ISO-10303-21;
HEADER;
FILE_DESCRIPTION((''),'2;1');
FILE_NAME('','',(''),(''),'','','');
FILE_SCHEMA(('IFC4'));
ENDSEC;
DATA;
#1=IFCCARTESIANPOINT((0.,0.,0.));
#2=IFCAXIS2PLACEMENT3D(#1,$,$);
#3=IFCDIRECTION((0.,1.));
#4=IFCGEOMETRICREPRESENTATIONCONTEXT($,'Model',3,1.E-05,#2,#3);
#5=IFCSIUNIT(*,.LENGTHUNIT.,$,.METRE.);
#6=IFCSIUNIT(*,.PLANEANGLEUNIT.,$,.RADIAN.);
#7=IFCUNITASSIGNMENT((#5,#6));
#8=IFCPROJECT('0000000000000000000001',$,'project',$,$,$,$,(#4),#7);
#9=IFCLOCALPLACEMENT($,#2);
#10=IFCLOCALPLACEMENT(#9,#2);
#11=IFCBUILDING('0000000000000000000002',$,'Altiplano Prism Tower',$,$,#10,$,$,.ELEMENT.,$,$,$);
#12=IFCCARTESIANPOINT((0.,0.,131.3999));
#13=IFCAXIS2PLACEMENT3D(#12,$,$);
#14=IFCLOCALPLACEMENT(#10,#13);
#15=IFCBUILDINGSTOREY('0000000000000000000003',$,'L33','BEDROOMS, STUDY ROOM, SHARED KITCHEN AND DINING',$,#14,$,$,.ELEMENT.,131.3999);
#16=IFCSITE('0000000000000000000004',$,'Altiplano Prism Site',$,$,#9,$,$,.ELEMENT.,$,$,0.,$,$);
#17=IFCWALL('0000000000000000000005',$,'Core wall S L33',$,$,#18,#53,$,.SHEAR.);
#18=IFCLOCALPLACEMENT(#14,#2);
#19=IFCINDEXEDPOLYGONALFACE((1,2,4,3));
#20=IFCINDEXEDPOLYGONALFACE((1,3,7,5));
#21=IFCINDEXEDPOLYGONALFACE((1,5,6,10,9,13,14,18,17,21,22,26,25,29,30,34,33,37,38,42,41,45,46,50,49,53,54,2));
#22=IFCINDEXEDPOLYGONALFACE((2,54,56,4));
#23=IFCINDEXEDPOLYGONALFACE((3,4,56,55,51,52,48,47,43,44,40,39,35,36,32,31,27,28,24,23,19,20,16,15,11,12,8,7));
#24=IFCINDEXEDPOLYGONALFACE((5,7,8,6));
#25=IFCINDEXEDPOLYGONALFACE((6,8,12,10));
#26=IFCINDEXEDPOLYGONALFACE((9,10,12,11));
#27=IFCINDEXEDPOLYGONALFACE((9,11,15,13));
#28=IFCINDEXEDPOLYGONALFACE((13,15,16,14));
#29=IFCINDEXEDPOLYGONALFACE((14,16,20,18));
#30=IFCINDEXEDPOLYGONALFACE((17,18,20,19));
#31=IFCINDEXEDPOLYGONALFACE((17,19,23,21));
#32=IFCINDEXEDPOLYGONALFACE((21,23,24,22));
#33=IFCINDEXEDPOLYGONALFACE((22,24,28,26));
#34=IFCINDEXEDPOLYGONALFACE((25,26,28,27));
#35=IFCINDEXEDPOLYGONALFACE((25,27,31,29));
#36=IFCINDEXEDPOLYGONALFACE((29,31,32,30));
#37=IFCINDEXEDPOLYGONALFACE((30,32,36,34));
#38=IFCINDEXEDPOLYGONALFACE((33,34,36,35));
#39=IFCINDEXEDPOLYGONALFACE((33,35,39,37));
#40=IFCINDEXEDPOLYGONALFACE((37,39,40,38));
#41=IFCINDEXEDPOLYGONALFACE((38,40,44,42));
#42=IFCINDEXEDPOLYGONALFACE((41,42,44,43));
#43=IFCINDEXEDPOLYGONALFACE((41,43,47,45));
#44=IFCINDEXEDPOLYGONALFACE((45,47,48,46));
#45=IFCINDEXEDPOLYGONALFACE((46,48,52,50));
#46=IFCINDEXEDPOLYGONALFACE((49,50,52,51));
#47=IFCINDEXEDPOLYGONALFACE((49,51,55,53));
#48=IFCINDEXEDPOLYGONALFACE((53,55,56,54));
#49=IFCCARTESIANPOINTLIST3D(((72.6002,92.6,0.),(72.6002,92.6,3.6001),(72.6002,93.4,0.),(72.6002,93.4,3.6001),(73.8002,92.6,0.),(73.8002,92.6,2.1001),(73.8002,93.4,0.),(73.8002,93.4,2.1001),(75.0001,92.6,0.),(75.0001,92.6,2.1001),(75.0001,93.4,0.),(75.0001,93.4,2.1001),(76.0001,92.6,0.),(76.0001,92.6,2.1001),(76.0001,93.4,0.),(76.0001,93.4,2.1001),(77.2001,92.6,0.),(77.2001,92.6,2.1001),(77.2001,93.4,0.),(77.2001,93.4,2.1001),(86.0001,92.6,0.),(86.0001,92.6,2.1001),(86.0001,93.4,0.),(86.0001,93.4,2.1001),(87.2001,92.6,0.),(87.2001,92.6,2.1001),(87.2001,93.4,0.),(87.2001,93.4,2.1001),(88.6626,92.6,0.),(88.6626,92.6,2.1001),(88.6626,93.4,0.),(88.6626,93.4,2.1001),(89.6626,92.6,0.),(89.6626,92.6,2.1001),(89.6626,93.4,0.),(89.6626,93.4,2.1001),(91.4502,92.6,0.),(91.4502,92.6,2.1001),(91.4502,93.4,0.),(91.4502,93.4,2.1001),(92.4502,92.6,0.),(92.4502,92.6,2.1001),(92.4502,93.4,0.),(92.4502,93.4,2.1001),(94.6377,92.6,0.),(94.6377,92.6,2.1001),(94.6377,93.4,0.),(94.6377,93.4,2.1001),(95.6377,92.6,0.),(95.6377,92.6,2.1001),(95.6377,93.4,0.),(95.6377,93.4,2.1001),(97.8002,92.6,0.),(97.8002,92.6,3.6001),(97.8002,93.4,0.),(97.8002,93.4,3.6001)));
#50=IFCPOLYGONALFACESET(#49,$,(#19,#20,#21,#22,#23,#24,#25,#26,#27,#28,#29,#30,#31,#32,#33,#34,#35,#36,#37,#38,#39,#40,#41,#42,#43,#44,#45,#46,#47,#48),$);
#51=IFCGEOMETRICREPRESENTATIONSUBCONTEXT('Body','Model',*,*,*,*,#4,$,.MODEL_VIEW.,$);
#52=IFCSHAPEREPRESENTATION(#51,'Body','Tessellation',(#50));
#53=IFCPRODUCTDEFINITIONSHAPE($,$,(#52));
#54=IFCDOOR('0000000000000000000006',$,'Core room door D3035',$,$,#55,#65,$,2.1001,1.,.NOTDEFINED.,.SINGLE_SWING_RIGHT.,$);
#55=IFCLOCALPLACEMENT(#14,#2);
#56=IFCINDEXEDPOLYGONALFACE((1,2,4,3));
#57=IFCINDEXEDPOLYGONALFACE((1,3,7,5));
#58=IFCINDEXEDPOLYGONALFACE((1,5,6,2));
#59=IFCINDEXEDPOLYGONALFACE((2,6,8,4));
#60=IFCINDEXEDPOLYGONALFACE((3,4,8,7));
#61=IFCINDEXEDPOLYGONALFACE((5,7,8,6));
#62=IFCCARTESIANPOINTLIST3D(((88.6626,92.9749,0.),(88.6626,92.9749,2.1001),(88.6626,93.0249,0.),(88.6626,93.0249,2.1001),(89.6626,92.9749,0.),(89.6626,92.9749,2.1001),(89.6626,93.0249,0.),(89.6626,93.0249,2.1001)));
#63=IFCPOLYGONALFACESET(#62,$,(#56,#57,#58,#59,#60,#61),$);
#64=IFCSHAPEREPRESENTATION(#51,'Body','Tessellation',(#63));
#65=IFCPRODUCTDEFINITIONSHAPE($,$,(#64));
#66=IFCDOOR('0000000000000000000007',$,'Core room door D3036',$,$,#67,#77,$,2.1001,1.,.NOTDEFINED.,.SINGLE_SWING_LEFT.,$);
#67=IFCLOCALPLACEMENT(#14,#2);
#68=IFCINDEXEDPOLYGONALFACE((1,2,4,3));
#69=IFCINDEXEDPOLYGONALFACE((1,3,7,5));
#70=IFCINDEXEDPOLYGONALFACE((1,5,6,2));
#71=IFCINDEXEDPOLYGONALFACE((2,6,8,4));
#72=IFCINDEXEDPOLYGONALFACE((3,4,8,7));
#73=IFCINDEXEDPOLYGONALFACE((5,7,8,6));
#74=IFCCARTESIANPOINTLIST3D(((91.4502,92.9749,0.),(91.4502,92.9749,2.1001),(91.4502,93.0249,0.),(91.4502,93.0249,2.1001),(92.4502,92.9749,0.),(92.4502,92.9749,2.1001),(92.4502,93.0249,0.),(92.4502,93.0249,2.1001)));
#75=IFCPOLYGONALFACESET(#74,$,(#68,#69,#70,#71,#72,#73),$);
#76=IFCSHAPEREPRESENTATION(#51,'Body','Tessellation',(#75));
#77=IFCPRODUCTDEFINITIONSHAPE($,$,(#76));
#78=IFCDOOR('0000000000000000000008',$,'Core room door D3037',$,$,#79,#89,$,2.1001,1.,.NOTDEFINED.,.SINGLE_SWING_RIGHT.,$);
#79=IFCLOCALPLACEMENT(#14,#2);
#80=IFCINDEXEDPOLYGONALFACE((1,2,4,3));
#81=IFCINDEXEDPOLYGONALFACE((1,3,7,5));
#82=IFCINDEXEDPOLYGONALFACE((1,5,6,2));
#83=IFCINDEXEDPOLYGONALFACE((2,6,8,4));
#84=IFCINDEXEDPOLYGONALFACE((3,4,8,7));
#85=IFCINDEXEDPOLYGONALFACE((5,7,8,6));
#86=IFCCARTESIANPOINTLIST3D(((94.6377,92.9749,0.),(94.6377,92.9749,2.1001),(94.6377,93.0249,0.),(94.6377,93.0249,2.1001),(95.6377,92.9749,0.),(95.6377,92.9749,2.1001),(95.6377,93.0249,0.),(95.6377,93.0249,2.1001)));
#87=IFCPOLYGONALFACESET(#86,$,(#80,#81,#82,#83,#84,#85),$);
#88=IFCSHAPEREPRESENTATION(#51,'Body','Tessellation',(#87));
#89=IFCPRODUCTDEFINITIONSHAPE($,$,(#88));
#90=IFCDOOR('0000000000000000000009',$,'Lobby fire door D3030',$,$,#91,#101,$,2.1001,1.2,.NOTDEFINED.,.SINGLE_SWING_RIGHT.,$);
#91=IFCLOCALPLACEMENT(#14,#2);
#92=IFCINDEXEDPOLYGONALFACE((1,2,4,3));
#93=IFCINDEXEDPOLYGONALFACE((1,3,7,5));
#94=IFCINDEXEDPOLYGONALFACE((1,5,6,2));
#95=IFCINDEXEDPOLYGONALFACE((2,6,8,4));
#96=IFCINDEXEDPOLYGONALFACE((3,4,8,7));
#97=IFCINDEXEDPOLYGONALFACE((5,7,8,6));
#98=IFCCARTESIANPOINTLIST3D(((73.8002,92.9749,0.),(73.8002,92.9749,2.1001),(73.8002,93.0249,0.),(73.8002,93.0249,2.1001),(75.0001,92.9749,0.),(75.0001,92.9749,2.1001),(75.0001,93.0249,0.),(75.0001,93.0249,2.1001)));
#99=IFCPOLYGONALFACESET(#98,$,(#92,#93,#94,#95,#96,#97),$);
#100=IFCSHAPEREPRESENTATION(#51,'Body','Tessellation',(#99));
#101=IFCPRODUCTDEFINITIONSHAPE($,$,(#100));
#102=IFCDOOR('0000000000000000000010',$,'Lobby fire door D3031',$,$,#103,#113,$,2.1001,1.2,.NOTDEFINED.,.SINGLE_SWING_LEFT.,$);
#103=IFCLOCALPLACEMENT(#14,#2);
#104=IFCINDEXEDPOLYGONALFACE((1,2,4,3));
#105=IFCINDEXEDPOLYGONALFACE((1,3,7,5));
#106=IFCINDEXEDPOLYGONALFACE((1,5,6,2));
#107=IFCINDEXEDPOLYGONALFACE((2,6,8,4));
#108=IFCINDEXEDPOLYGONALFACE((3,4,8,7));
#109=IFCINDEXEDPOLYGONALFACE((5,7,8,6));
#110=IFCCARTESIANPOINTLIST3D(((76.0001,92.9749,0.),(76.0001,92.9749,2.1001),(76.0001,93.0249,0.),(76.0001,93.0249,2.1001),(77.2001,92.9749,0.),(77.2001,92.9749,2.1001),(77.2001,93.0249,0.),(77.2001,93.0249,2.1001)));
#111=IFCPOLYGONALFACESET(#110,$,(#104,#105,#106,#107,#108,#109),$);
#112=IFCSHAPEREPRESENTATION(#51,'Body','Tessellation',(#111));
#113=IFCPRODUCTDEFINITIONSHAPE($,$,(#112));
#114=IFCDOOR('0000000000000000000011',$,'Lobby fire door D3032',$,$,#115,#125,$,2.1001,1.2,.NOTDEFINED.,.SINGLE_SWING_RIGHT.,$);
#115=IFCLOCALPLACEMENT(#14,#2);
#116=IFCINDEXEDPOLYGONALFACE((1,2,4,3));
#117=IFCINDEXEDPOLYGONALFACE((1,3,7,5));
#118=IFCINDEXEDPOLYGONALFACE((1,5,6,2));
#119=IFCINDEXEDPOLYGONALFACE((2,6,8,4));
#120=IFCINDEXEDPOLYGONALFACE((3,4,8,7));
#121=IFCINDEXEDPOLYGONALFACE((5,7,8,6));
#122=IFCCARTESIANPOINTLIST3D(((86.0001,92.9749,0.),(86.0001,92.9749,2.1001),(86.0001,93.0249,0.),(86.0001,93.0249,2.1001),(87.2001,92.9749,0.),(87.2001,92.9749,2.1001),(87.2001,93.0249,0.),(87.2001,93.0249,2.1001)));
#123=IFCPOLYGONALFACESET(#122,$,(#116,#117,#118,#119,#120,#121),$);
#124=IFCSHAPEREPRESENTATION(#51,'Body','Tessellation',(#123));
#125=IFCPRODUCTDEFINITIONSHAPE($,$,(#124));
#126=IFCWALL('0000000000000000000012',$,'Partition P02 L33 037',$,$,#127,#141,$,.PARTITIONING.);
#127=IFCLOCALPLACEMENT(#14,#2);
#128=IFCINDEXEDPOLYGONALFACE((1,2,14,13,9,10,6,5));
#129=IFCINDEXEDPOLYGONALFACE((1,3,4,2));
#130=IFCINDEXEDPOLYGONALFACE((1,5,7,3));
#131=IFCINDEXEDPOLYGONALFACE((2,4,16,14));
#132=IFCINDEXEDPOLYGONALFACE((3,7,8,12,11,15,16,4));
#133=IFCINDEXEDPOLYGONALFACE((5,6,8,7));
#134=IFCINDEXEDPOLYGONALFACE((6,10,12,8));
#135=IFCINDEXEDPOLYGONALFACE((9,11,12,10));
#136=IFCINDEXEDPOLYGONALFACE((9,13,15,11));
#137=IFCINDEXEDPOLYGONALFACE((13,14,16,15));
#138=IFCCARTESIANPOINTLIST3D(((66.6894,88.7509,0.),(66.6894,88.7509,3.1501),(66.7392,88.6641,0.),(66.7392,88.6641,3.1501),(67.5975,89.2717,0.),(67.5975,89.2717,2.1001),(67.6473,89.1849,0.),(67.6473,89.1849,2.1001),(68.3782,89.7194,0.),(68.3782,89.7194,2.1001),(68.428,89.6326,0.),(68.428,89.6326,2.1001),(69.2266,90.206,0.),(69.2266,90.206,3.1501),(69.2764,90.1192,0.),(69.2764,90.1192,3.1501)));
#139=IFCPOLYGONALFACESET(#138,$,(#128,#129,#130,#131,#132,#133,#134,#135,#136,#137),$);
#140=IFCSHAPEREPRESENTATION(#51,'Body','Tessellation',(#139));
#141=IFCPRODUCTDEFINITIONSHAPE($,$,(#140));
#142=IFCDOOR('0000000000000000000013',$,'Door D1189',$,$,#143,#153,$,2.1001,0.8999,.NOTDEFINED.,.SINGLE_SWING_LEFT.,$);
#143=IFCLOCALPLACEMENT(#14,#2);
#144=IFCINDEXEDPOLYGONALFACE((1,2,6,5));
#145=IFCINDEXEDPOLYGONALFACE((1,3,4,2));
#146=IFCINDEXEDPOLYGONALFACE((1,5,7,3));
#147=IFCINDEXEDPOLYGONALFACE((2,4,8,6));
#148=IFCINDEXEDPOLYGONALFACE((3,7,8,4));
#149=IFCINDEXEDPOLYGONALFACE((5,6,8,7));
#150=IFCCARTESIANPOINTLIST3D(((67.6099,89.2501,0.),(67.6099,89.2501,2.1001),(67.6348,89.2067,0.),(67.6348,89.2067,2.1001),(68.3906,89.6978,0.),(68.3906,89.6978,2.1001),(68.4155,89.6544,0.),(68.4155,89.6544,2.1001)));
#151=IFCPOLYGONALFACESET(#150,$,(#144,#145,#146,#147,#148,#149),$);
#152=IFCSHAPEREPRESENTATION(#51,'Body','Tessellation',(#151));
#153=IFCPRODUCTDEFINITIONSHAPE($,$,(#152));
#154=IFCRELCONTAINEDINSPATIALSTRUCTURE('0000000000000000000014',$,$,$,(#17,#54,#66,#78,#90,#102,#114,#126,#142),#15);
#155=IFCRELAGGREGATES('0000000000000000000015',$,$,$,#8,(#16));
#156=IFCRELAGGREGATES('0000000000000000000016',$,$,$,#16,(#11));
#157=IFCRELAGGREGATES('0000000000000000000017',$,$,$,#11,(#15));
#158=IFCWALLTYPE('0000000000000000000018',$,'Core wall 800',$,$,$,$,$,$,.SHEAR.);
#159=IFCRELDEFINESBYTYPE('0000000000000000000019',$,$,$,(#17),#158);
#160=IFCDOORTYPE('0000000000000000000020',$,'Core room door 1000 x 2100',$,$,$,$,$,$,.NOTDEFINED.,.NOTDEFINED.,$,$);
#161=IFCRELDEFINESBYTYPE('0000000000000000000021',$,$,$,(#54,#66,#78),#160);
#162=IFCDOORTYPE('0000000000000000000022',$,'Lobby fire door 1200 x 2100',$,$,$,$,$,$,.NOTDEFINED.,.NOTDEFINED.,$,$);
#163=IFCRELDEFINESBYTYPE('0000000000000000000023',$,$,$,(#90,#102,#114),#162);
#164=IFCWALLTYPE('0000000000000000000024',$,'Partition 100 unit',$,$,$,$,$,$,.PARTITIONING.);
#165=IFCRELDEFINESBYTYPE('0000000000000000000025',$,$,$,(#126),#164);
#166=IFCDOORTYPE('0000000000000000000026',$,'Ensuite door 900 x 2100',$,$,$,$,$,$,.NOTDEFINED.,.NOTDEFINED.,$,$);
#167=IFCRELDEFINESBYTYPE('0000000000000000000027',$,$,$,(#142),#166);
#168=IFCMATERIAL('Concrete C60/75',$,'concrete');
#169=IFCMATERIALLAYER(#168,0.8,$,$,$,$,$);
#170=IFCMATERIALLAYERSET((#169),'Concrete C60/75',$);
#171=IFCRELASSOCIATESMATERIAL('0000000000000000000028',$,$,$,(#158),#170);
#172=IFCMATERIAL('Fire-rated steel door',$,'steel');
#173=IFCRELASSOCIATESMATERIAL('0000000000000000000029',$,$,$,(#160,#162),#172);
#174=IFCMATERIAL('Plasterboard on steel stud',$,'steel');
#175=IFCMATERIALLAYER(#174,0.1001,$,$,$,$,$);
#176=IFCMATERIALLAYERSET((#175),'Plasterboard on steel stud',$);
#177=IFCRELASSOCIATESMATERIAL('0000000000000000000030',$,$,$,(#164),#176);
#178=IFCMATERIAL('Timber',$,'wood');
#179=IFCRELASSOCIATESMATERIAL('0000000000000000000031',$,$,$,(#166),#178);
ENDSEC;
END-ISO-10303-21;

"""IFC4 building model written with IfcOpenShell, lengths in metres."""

from ifc_helpers import new_model, si_unit, direction, frame, frame_2d, origin, place, context, subcontext, project, spatial, rectangle, extrude, material, layer, layer_set, type_object, element, fill, save


model = new_model("IFC4")

# Units and contexts
model_context = context("Model", 3, precision=1e-05, world=origin(), true_north=direction((0.0, 1.0)))
body_context = subcontext(model_context, "Body", "Model", "MODEL_VIEW")
ifc_project = project(units=[si_unit("LENGTHUNIT", "METRE"), si_unit("PLANEANGLEUNIT", "RADIAN")], contexts=[model_context])

# Site, building, storey
site_placement = place(None, origin())
site = spatial("IfcSite", under=ifc_project, at=site_placement, Name="Altiplano Prism Site", CompositionType="ELEMENT", RefElevation=0.0)
building_placement = place(site_placement, origin())
building = spatial("IfcBuilding", under=site, at=building_placement, Name="Altiplano Prism Tower", CompositionType="ELEMENT")
storey_placement = place(building_placement, frame((0.0, 0.0, 131.3999)))
storey = spatial("IfcBuildingStorey", under=building, at=storey_placement, Name="L33", Description="BEDROOMS, STUDY ROOM, SHARED KITCHEN AND DINING", CompositionType="ELEMENT", Elevation=131.3999)

# Shared definitions
ifc_material_1 = material(Name="Concrete C60/75", Category="concrete")

# Wall, openings, doors
ifc_layer_1 = layer(ifc_material_1, 0.8)
ifc_layer_set_1 = layer_set([ifc_layer_1], Name="Concrete C60/75")
wall_type_1 = type_object("IfcWallType", Name="Core wall 800", PredefinedType="SHEAR", material=ifc_layer_set_1)
wall_1_placement = place(storey_placement, frame((72.6001, 93.0, 0.0), z_axis=(0.0, 0.0, 1.0), x_axis=(1.0, 0.0, 0.0)))
wall_1 = element("IfcWall", 1, at=wall_1_placement, inside=storey, type_object=wall_type_1, Name="Core wall S L33", PredefinedType="SHEAR", context=body_context, shape_type="SweptSolid", body=[
    extrude(rectangle(XDim=25.2, YDim=0.8, at=frame_2d((12.6001, 0.0))), origin(), (0.0, 0.0, 1.0), 3.6001),
])
opening_1_placement = place(wall_1_placement, frame((1.2, 0.0, 0.0)))
opening_1 = element("IfcOpeningElement", 2, at=opening_1_placement, cuts=wall_1, PredefinedType="OPENING", context=body_context, shape_type="SweptSolid", body=[
    extrude(rectangle(XDim=1.2, YDim=2.1001, at=frame_2d((0.6001, 1.05))), frame((0.0, 0.4106, 0.0), z_axis=(0.0, -1.0, 0.0), x_axis=(1.0, 0.0, 0.0)), (0.0, 0.0, 1.0), 0.821),
])
opening_2_placement = place(wall_1_placement, frame((3.3999, 0.0, 0.0)))
opening_2 = element("IfcOpeningElement", 3, at=opening_2_placement, cuts=wall_1, PredefinedType="OPENING", context=body_context, shape_type="SweptSolid", body=[
    extrude(rectangle(XDim=1.2, YDim=2.1001, at=frame_2d((0.6001, 1.05))), frame((0.0, 0.4106, 0.0), z_axis=(0.0, -1.0, 0.0), x_axis=(1.0, 0.0, 0.0)), (0.0, 0.0, 1.0), 0.821),
])
opening_3_placement = place(wall_1_placement, frame((13.3999, 0.0, 0.0)))
opening_3 = element("IfcOpeningElement", 4, at=opening_3_placement, cuts=wall_1, PredefinedType="OPENING", context=body_context, shape_type="SweptSolid", body=[
    extrude(rectangle(XDim=1.2, YDim=2.1001, at=frame_2d((0.6001, 1.05))), frame((0.0, 0.4106, 0.0), z_axis=(0.0, -1.0, 0.0), x_axis=(1.0, 0.0, 0.0)), (0.0, 0.0, 1.0), 0.821),
])
opening_4_placement = place(wall_1_placement, frame((16.0625, 0.0, 0.0)))
opening_4 = element("IfcOpeningElement", 5, at=opening_4_placement, cuts=wall_1, PredefinedType="OPENING", context=body_context, shape_type="SweptSolid", body=[
    extrude(rectangle(XDim=1.0, YDim=2.1001, at=frame_2d((0.5, 1.05))), frame((0.0, 0.4106, 0.0), z_axis=(0.0, -1.0, 0.0), x_axis=(1.0, 0.0, 0.0)), (0.0, 0.0, 1.0), 0.821),
])
opening_5_placement = place(wall_1_placement, frame((18.8501, 0.0, 0.0)))
opening_5 = element("IfcOpeningElement", 6, at=opening_5_placement, cuts=wall_1, PredefinedType="OPENING", context=body_context, shape_type="SweptSolid", body=[
    extrude(rectangle(XDim=1.0, YDim=2.1001, at=frame_2d((0.5, 1.05))), frame((0.0, 0.4106, 0.0), z_axis=(0.0, -1.0, 0.0), x_axis=(1.0, 0.0, 0.0)), (0.0, 0.0, 1.0), 0.821),
])
opening_6_placement = place(wall_1_placement, frame((22.0376, 0.0, 0.0)))
opening_6 = element("IfcOpeningElement", 7, at=opening_6_placement, cuts=wall_1, PredefinedType="OPENING", context=body_context, shape_type="SweptSolid", body=[
    extrude(rectangle(XDim=1.0, YDim=2.1001, at=frame_2d((0.5, 1.05))), frame((0.0, 0.4106, 0.0), z_axis=(0.0, -1.0, 0.0), x_axis=(1.0, 0.0, 0.0)), (0.0, 0.0, 1.0), 0.821),
])
ifc_material_2 = material(Name="Fire-rated steel door", Category="steel")
door_type_1 = type_object("IfcDoorType", Name="Core room door 1000 x 2100", OperationType="NOTDEFINED", PredefinedType="NOTDEFINED", material=ifc_material_2)
door_1_placement = place(opening_4_placement, origin())
door_1 = element("IfcDoor", 8, at=door_1_placement, inside=storey, type_object=door_type_1, Name="Core room door D3035", OperationType="SINGLE_SWING_RIGHT", OverallHeight=2.1001, OverallWidth=1.0, PredefinedType="NOTDEFINED", context=body_context, shape_type="SweptSolid", body=[
    extrude(rectangle(XDim=1.0, YDim=2.1001, at=frame_2d((0.5, 1.05))), frame((0.0, 0.0249, 0.0), z_axis=(0.0, -1.0, 0.0), x_axis=(1.0, 0.0, 0.0)), (0.0, 0.0, 1.0), 0.05),
])
fill(opening_4, door_1)
door_2_placement = place(opening_5_placement, origin())
door_2 = element("IfcDoor", 9, at=door_2_placement, inside=storey, type_object=door_type_1, Name="Core room door D3036", OperationType="SINGLE_SWING_LEFT", OverallHeight=2.1001, OverallWidth=1.0, PredefinedType="NOTDEFINED", context=body_context, shape_type="SweptSolid", body=[
    extrude(rectangle(XDim=1.0, YDim=2.1001, at=frame_2d((0.5, 1.05))), frame((0.0, 0.0249, 0.0), z_axis=(0.0, -1.0, 0.0), x_axis=(1.0, 0.0, 0.0)), (0.0, 0.0, 1.0), 0.05),
])
fill(opening_5, door_2)
door_3_placement = place(opening_6_placement, origin())
door_3 = element("IfcDoor", 10, at=door_3_placement, inside=storey, type_object=door_type_1, Name="Core room door D3037", OperationType="SINGLE_SWING_RIGHT", OverallHeight=2.1001, OverallWidth=1.0, PredefinedType="NOTDEFINED", context=body_context, shape_type="SweptSolid", body=[
    extrude(rectangle(XDim=1.0, YDim=2.1001, at=frame_2d((0.5, 1.05))), frame((0.0, 0.0249, 0.0), z_axis=(0.0, -1.0, 0.0), x_axis=(1.0, 0.0, 0.0)), (0.0, 0.0, 1.0), 0.05),
])
fill(opening_6, door_3)
door_type_2 = type_object("IfcDoorType", Name="Lobby fire door 1200 x 2100", OperationType="NOTDEFINED", PredefinedType="NOTDEFINED", material=ifc_material_2)
door_4_placement = place(opening_1_placement, origin())
door_4 = element("IfcDoor", 11, at=door_4_placement, inside=storey, type_object=door_type_2, Name="Lobby fire door D3030", OperationType="SINGLE_SWING_RIGHT", OverallHeight=2.1001, OverallWidth=1.2, PredefinedType="NOTDEFINED", context=body_context, shape_type="SweptSolid", body=[
    extrude(rectangle(XDim=1.2, YDim=2.1001, at=frame_2d((0.6001, 1.05))), frame((0.0, 0.0249, 0.0), z_axis=(0.0, -1.0, 0.0), x_axis=(1.0, 0.0, 0.0)), (0.0, 0.0, 1.0), 0.05),
])
fill(opening_1, door_4)
door_5_placement = place(opening_2_placement, origin())
door_5 = element("IfcDoor", 12, at=door_5_placement, inside=storey, type_object=door_type_2, Name="Lobby fire door D3031", OperationType="SINGLE_SWING_LEFT", OverallHeight=2.1001, OverallWidth=1.2, PredefinedType="NOTDEFINED", context=body_context, shape_type="SweptSolid", body=[
    extrude(rectangle(XDim=1.2, YDim=2.1001, at=frame_2d((0.6001, 1.05))), frame((0.0, 0.0249, 0.0), z_axis=(0.0, -1.0, 0.0), x_axis=(1.0, 0.0, 0.0)), (0.0, 0.0, 1.0), 0.05),
])
fill(opening_2, door_5)
door_6_placement = place(opening_3_placement, origin())
door_6 = element("IfcDoor", 13, at=door_6_placement, inside=storey, type_object=door_type_2, Name="Lobby fire door D3032", OperationType="SINGLE_SWING_RIGHT", OverallHeight=2.1001, OverallWidth=1.2, PredefinedType="NOTDEFINED", context=body_context, shape_type="SweptSolid", body=[
    extrude(rectangle(XDim=1.2, YDim=2.1001, at=frame_2d((0.6001, 1.05))), frame((0.0, 0.0249, 0.0), z_axis=(0.0, -1.0, 0.0), x_axis=(1.0, 0.0, 0.0)), (0.0, 0.0, 1.0), 0.05),
])
fill(opening_3, door_6)

# Wall, opening, door
ifc_material_3 = material(Name="Plasterboard on steel stud", Category="steel")
ifc_layer_2 = layer(ifc_material_3, 0.1001)
ifc_layer_set_2 = layer_set([ifc_layer_2], Name="Plasterboard on steel stud")
wall_type_2 = type_object("IfcWallType", Name="Partition 100 unit", PredefinedType="PARTITIONING", material=ifc_layer_set_2)
wall_2_placement = place(storey_placement, frame((69.2515, 90.1626, 0.0), z_axis=(0.0, 0.0, 1.0), x_axis=(-0.867461, -0.497505, 0.0)))
wall_2 = element("IfcWall", 14, at=wall_2_placement, inside=storey, type_object=wall_type_2, Name="Partition P02 L33 037", PredefinedType="PARTITIONING", context=body_context, shape_type="SweptSolid", body=[
    extrude(rectangle(XDim=2.9248, YDim=0.1001, at=frame_2d((1.4624, 0.0))), origin(), (0.0, 0.0, 1.0), 3.1501),
])
opening_7_placement = place(wall_2_placement, frame((0.978, 0.0, 0.0)))
opening_7 = element("IfcOpeningElement", 15, at=opening_7_placement, cuts=wall_2, PredefinedType="OPENING", context=body_context, shape_type="SweptSolid", body=[
    extrude(rectangle(XDim=0.8999, YDim=2.1001, at=frame_2d((0.45, 1.05))), frame((0.0, 0.0605, 0.0), z_axis=(0.0, -1.0, 0.0), x_axis=(1.0, 0.0, 0.0)), (0.0, 0.0, 1.0), 0.1211),
])
ifc_material_4 = material(Name="Timber", Category="wood")
door_type_3 = type_object("IfcDoorType", Name="Ensuite door 900 x 2100", OperationType="NOTDEFINED", PredefinedType="NOTDEFINED", material=ifc_material_4)
door_7_placement = place(opening_7_placement, origin())
door_7 = element("IfcDoor", 16, at=door_7_placement, inside=storey, type_object=door_type_3, Name="Door D1189", OperationType="SINGLE_SWING_LEFT", OverallHeight=2.1001, OverallWidth=0.8999, PredefinedType="NOTDEFINED", context=body_context, shape_type="SweptSolid", body=[
    extrude(rectangle(XDim=0.8999, YDim=2.1001, at=frame_2d((0.45, 1.05))), frame((0.0, 0.0249, 0.0), z_axis=(0.0, -1.0, 0.0), x_axis=(1.0, 0.0, 0.0)), (0.0, 0.0, 1.0), 0.05),
])
fill(opening_7, door_7)

save(model, "model.ifc")
